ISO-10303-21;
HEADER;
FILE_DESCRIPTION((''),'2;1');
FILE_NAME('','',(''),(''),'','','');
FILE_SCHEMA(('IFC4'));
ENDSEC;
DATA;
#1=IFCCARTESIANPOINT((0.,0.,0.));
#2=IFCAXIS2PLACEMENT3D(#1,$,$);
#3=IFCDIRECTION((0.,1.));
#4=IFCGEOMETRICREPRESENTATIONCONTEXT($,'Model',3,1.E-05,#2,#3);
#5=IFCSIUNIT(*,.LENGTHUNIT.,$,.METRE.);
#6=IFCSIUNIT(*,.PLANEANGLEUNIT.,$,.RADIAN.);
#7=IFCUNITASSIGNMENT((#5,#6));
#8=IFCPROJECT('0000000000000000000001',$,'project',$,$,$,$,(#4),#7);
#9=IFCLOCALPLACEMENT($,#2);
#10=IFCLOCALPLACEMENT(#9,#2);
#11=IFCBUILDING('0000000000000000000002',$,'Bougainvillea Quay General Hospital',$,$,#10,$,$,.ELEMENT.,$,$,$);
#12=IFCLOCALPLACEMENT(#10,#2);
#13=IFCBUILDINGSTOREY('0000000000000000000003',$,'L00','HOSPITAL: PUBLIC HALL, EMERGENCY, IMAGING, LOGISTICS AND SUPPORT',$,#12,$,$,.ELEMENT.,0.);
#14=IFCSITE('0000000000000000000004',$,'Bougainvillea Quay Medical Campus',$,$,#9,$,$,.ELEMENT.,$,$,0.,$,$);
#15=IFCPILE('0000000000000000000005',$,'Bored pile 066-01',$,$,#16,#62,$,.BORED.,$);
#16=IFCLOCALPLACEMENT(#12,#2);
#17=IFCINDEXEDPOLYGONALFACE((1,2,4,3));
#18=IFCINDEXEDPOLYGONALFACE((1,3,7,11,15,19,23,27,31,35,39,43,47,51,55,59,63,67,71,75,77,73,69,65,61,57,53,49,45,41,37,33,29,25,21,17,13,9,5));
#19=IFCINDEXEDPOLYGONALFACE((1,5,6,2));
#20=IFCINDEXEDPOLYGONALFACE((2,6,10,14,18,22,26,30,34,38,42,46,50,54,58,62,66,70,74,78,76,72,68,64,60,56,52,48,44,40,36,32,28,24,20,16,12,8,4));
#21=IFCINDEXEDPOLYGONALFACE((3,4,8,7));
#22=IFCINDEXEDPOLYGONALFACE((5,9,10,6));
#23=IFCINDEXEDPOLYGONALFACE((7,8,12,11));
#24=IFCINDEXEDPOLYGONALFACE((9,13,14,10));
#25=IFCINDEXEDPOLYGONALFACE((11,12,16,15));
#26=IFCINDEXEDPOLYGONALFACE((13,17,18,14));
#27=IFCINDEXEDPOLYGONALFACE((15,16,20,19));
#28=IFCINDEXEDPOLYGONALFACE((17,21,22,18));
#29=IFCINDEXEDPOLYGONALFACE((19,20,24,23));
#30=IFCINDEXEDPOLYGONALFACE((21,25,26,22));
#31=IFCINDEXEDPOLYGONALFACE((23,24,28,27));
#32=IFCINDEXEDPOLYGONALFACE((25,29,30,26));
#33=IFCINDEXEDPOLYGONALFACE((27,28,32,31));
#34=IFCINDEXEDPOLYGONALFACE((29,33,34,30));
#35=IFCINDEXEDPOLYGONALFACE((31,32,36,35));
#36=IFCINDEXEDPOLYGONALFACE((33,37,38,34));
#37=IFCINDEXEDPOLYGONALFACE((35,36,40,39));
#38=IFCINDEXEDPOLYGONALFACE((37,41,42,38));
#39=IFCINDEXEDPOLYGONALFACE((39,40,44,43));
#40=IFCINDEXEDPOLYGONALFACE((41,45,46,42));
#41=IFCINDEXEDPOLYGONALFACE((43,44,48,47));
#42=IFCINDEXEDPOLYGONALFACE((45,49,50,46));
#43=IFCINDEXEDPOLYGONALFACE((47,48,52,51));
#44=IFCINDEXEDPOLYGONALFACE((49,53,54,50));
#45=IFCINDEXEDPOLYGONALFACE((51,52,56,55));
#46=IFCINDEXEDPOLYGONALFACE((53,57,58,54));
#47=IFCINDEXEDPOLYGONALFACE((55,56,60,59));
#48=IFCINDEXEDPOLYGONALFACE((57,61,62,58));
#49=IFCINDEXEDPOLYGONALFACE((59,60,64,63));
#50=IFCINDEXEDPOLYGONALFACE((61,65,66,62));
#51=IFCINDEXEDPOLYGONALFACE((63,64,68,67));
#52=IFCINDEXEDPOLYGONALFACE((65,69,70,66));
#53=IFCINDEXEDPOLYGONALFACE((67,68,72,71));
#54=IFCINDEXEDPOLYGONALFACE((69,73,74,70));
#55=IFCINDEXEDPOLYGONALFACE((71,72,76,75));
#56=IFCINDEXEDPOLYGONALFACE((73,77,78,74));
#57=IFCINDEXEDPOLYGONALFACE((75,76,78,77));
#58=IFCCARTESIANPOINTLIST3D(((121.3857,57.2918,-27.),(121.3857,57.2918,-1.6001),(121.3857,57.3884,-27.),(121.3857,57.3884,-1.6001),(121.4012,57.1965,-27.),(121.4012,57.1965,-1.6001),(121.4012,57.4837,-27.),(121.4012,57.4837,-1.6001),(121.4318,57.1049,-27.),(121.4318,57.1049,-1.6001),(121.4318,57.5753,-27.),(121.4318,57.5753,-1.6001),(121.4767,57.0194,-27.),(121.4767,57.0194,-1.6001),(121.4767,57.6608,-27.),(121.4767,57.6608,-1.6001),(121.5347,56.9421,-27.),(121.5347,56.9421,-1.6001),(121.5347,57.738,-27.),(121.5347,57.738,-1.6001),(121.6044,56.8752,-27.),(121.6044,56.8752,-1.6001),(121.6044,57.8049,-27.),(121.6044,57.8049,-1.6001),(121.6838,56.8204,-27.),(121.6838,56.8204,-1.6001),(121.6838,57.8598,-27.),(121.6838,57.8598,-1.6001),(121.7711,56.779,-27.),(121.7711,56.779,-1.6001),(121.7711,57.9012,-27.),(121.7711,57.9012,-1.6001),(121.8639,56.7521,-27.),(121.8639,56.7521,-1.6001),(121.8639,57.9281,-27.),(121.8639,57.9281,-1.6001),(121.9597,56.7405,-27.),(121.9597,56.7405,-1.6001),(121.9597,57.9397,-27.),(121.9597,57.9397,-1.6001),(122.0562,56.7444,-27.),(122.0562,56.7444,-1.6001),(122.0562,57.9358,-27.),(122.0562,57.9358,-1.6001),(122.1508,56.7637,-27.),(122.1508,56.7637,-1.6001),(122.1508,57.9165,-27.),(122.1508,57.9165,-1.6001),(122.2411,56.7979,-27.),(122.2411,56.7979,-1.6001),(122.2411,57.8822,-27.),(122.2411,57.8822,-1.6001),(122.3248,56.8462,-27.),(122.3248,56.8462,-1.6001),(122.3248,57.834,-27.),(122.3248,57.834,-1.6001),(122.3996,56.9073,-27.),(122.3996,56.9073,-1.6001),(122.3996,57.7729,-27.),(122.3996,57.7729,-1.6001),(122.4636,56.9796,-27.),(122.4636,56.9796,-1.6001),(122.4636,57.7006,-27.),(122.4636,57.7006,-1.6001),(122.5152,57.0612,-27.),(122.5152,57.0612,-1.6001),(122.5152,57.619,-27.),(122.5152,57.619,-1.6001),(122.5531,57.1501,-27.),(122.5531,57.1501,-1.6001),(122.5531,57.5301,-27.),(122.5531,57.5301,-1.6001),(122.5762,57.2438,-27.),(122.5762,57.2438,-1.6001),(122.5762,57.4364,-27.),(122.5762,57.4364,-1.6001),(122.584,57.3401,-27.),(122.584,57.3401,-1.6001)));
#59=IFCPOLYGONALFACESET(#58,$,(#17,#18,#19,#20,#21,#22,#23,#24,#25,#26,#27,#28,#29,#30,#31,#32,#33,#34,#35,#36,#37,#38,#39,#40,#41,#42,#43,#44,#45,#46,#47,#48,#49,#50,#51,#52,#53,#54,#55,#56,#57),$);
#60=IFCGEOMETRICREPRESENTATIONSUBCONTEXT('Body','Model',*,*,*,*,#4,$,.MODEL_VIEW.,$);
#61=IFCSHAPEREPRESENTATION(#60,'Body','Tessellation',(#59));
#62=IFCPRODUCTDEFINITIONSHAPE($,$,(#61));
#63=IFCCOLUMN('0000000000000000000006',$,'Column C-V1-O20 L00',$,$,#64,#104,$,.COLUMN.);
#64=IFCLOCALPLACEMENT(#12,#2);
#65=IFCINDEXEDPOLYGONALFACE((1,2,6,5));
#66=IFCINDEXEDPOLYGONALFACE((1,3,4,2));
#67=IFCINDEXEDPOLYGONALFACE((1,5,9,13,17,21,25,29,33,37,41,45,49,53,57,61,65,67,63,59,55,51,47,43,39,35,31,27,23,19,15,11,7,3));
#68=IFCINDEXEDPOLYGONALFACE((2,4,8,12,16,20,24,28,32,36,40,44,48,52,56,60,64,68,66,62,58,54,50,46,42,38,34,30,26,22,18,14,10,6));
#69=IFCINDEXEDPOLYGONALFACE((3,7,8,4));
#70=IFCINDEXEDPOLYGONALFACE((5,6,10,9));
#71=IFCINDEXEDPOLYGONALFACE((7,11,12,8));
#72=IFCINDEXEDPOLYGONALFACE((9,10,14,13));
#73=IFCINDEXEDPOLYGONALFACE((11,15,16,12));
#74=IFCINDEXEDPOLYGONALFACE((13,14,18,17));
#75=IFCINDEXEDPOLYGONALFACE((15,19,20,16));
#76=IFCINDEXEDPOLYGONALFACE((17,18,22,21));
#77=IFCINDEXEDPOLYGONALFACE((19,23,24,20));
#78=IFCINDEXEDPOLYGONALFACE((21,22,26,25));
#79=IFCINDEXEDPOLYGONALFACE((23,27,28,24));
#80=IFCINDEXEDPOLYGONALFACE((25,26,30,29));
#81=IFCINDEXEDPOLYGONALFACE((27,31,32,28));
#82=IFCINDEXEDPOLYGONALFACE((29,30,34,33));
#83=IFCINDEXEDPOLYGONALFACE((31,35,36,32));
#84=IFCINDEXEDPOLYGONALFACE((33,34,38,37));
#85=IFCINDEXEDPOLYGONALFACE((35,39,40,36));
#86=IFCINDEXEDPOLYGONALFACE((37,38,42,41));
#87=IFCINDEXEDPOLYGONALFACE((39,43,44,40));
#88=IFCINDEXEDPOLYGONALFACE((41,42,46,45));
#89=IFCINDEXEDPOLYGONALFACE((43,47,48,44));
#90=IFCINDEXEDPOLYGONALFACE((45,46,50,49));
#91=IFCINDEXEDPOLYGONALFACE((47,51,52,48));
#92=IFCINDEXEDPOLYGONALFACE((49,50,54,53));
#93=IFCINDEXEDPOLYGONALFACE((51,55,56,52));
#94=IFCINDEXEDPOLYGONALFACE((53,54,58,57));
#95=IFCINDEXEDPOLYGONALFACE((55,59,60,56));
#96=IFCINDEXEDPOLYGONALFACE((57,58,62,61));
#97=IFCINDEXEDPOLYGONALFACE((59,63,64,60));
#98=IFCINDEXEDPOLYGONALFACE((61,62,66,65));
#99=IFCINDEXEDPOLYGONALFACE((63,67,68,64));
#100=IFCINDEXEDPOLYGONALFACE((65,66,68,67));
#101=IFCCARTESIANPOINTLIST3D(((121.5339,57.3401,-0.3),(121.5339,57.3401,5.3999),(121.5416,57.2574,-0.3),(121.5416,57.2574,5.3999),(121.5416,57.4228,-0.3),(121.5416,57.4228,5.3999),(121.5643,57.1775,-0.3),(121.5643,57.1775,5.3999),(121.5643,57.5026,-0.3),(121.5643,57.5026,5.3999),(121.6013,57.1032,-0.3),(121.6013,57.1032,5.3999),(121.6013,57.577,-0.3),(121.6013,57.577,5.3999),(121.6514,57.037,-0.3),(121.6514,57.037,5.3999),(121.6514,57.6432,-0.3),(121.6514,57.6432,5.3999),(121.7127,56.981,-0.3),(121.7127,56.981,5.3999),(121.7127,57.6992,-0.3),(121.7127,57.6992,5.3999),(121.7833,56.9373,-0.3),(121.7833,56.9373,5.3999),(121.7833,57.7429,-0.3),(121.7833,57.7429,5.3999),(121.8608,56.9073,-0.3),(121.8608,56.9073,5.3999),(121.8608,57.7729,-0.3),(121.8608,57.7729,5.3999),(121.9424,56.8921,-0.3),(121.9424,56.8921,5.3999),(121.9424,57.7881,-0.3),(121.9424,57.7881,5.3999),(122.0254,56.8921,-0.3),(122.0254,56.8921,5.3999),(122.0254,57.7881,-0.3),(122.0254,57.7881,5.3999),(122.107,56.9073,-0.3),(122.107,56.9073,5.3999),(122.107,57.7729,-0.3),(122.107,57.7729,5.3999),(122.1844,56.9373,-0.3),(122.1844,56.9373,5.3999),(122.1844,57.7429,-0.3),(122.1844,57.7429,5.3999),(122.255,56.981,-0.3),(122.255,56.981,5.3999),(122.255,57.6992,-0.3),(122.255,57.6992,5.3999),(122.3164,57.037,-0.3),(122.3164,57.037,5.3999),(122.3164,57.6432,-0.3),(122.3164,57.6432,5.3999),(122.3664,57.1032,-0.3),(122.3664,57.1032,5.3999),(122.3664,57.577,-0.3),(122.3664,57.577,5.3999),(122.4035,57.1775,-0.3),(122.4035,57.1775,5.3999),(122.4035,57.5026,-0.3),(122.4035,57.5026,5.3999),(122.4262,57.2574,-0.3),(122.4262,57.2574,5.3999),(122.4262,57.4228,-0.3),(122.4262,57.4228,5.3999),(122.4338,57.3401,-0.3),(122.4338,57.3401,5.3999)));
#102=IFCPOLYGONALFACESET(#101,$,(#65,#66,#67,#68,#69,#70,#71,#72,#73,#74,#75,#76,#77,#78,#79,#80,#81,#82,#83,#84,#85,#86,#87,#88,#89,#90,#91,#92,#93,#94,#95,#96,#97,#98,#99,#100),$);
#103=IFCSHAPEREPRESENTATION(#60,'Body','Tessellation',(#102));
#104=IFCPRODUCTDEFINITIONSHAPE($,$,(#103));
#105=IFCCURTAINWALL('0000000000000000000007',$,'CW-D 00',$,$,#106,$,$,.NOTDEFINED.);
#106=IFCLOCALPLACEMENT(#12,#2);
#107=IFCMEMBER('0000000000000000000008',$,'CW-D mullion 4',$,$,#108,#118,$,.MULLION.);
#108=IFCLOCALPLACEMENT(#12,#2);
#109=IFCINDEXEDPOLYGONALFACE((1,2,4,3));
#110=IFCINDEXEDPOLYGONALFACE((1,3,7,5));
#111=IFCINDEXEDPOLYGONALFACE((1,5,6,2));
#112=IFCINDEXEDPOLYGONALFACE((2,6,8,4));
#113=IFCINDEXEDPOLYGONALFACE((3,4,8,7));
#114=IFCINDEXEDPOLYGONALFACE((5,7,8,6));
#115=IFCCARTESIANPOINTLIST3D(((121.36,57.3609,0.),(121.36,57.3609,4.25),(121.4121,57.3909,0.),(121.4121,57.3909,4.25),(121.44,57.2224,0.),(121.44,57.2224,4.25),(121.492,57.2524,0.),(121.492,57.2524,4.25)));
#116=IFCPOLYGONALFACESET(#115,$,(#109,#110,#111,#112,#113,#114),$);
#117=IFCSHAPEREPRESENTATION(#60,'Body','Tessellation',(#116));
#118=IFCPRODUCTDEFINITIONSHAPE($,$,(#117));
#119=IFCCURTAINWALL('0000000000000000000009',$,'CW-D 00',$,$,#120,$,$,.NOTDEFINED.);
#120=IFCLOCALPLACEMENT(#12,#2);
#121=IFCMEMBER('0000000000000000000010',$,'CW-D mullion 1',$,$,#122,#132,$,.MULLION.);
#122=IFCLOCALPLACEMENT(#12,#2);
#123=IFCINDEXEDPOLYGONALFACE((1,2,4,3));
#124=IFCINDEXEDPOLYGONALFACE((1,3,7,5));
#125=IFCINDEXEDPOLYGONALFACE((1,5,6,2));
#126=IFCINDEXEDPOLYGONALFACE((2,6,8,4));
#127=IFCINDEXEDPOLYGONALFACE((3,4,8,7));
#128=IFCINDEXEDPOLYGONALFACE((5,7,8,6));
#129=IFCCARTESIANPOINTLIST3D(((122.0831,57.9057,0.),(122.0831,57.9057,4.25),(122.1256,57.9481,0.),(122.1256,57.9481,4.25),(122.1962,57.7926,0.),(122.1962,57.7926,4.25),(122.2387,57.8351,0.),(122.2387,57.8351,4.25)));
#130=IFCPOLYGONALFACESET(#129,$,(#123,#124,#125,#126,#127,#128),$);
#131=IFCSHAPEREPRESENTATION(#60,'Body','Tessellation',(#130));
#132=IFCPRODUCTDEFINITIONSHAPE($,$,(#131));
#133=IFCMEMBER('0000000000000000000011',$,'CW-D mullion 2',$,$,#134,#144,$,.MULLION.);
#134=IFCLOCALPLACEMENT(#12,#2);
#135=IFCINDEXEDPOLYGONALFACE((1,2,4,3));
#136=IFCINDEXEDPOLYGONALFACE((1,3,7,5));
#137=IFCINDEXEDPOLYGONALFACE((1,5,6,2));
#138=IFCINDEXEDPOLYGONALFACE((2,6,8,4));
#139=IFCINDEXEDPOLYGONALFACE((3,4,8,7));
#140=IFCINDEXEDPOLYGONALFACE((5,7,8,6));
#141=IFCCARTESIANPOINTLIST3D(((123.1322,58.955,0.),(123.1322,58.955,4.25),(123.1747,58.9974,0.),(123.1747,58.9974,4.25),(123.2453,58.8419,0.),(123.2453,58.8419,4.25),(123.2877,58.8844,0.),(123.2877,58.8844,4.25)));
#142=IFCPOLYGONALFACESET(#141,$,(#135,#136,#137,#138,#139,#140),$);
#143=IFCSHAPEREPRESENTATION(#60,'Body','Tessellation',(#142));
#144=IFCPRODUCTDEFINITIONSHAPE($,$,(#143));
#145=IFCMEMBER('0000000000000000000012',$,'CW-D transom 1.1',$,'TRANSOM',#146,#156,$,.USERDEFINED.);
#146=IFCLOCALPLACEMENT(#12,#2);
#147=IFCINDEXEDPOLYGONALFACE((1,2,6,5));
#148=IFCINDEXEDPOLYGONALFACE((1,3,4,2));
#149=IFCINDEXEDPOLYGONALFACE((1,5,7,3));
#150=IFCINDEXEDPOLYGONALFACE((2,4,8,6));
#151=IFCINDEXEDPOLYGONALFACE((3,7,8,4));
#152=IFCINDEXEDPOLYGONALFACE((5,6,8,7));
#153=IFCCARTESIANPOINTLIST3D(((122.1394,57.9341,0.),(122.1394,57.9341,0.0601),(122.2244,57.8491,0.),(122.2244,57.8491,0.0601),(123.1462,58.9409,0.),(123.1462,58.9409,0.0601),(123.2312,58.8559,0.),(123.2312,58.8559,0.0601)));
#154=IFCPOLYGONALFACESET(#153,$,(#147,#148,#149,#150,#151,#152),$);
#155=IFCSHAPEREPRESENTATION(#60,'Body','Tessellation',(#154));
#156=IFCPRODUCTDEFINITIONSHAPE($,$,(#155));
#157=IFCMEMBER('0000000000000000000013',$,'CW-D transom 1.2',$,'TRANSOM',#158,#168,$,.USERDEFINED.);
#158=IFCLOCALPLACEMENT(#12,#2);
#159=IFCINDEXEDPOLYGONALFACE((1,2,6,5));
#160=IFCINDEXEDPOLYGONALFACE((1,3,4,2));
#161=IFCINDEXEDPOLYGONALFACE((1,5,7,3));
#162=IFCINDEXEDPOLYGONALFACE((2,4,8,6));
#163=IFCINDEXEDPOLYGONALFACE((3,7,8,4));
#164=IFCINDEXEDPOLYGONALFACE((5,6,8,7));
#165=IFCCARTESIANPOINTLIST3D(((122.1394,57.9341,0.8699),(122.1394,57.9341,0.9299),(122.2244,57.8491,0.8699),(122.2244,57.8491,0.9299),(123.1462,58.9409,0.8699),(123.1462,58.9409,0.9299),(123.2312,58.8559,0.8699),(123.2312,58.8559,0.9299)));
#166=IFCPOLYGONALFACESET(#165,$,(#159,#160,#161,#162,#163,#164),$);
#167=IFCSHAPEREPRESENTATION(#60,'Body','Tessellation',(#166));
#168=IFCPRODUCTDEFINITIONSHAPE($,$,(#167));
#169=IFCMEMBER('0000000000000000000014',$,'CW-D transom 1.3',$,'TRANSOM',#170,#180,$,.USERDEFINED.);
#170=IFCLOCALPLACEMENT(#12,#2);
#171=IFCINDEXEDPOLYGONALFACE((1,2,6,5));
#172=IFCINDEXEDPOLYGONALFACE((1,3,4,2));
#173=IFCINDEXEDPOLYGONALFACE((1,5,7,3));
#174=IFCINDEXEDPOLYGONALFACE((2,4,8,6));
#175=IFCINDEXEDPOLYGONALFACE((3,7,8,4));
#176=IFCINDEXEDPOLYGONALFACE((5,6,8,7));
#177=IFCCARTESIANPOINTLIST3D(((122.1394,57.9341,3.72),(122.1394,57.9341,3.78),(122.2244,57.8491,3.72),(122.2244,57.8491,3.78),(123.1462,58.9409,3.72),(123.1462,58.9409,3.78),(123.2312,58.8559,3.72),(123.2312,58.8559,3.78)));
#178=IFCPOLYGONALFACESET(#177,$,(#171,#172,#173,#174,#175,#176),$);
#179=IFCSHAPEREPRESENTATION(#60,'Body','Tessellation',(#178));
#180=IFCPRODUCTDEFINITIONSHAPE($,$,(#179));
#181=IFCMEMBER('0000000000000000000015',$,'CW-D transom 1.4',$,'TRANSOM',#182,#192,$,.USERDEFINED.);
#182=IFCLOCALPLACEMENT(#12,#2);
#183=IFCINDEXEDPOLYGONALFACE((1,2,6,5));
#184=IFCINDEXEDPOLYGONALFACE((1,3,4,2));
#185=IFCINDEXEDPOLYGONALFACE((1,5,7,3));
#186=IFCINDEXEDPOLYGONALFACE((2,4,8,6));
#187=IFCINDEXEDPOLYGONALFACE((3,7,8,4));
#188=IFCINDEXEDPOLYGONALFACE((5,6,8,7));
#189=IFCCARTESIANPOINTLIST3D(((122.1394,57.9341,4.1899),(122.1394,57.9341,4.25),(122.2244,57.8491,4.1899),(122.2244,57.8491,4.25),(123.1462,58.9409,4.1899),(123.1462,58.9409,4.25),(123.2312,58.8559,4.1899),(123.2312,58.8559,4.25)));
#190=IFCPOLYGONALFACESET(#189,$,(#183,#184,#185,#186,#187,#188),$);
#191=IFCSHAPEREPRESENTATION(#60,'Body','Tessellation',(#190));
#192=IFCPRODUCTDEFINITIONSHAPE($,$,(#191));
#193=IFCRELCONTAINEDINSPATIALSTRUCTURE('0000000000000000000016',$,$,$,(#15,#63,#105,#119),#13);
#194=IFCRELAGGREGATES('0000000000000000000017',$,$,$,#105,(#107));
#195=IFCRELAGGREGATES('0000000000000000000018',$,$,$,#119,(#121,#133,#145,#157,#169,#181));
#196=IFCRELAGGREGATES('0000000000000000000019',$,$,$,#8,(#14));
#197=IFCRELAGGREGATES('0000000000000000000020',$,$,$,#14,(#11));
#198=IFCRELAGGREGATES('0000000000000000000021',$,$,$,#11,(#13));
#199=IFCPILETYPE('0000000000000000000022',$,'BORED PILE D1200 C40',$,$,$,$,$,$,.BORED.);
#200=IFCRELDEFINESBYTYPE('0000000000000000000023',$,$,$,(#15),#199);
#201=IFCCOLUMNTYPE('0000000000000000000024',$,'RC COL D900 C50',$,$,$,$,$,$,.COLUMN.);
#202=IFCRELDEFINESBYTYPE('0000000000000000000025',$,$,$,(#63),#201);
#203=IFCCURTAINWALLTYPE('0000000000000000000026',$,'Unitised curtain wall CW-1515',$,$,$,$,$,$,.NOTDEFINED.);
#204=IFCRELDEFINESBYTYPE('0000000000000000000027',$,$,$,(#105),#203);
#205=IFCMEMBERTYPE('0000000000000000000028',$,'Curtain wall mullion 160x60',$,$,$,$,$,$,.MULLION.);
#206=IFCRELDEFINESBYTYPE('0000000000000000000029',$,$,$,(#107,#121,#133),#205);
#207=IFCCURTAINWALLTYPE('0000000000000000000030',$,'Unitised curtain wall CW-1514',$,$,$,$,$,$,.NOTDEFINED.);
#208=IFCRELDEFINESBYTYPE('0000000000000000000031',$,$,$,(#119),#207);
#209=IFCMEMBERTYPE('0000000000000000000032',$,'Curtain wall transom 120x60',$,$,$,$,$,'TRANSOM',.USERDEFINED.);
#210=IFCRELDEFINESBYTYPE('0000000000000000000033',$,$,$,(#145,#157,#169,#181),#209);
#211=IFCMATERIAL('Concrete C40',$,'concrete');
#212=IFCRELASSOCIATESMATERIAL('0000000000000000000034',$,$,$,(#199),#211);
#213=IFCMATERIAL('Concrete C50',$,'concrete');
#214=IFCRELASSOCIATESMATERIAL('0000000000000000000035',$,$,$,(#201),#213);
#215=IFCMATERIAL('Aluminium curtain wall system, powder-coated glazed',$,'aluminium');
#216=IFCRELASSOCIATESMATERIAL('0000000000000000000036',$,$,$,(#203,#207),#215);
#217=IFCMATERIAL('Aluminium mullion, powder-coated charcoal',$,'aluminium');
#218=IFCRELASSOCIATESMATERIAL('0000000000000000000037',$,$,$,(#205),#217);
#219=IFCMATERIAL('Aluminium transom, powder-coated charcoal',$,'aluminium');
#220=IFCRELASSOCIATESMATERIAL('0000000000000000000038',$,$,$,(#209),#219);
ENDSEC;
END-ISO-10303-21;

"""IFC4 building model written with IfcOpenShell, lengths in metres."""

from ifc_helpers import new_model, si_unit, direction, frame, origin, origin_2d, place, context, subcontext, project, spatial, rectangle, circle, extrude, material, material_profile, profile_set, type_object, element, aggregate, save


model = new_model("IFC4")

# Units and contexts
model_context = context("Model", 3, precision=1e-05, world=origin(), true_north=direction((0.0, 1.0)))
body_context = subcontext(model_context, "Body", "Model", "MODEL_VIEW")
ifc_project = project(units=[si_unit("LENGTHUNIT", "METRE"), si_unit("PLANEANGLEUNIT", "RADIAN")], contexts=[model_context])

# Site, building, storey
site_placement = place(None, origin())
site = spatial("IfcSite", under=ifc_project, at=site_placement, Name="Bougainvillea Quay Medical Campus", CompositionType="ELEMENT", RefElevation=0.0)
building_placement = place(site_placement, origin())
building = spatial("IfcBuilding", under=site, at=building_placement, Name="Bougainvillea Quay General Hospital", CompositionType="ELEMENT")
storey_placement = place(building_placement, origin())
storey = spatial("IfcBuildingStorey", under=building, at=storey_placement, Name="L00", Description="HOSPITAL: PUBLIC HALL, EMERGENCY, IMAGING, LOGISTICS AND SUPPORT", CompositionType="ELEMENT", Elevation=0.0)

# Pile
ifc_material_1 = material(Name="Concrete C40", Category="concrete")
ifc_material_profile_1 = material_profile(ifc_material_1, circle(Radius=0.6001, at=origin_2d()))
ifc_profile_set_1 = profile_set([ifc_material_profile_1], Name="Concrete C40")
pile_type = type_object("IfcPileType", Name="BORED PILE D1200 C40", PredefinedType="BORED", material=ifc_profile_set_1)
pile_placement = place(storey_placement, frame((121.9839, 57.3401, -1.6001), z_axis=(0.0, 0.0, -1.0), x_axis=(1.0, 0.0, 0.0)))
element("IfcPile", 1, at=pile_placement, inside=storey, type_object=pile_type, Name="Bored pile 066-01", PredefinedType="BORED", context=body_context, shape_type="SweptSolid", body=[
    extrude(circle(Radius=0.6001, at=origin_2d()), origin(), (0.0, 0.0, 1.0), 25.3999),
])

# Column
ifc_material_2 = material(Name="Concrete C50", Category="concrete")
ifc_material_profile_2 = material_profile(ifc_material_2, circle(Radius=0.45, at=origin_2d()))
ifc_profile_set_2 = profile_set([ifc_material_profile_2], Name="Concrete C50")
column_type = type_object("IfcColumnType", Name="RC COL D900 C50", PredefinedType="COLUMN", material=ifc_profile_set_2)
column_placement = place(storey_placement, frame((121.9839, 57.3401, -0.3), z_axis=(0.0, 0.0, 1.0), x_axis=(1.0, 0.0, 0.0)))
element("IfcColumn", 2, at=column_placement, inside=storey, type_object=column_type, Name="Column C-V1-O20 L00", PredefinedType="COLUMN", context=body_context, shape_type="SweptSolid", body=[
    extrude(circle(Radius=0.45, at=origin_2d()), origin(), (0.0, 0.0, 1.0), 5.7),
])

# Curtain wall, member
ifc_material_3 = material(Name="Aluminium curtain wall system, powder-coated glazed", Category="aluminium")
curtain_wall_type_1 = type_object("IfcCurtainWallType", Name="Unitised curtain wall CW-1515", PredefinedType="NOTDEFINED", material=ifc_material_3)
curtain_wall_1_placement = place(storey_placement, origin())
curtain_wall_1 = element("IfcCurtainWall", 3, at=curtain_wall_1_placement, inside=storey, type_object=curtain_wall_type_1, Name="CW-D 00", PredefinedType="NOTDEFINED")
ifc_material_4 = material(Name="Aluminium mullion, powder-coated charcoal", Category="aluminium")
ifc_material_profile_3 = material_profile(ifc_material_4, rectangle(XDim=0.1599, YDim=0.0601, at=origin_2d()))
ifc_profile_set_3 = profile_set([ifc_material_profile_3], Name="Aluminium mullion, powder-coated charcoal")
member_type_1 = type_object("IfcMemberType", Name="Curtain wall mullion 160x60", PredefinedType="MULLION", material=ifc_profile_set_3)
member_1_placement = place(storey_placement, frame((121.426, 57.3066, 0.0), z_axis=(0.0, 0.0, 1.0), x_axis=(-0.499965, 0.866046, 0.0)))
member_1 = element("IfcMember", 4, at=member_1_placement, type_object=member_type_1, Name="CW-D mullion 4", PredefinedType="MULLION", context=body_context, shape_type="SweptSolid", body=[
    extrude(rectangle(XDim=0.1599, YDim=0.0601, at=origin_2d()), origin(), (0.0, 0.0, 1.0), 4.25),
])

# Curtain wall, members
curtain_wall_type_2 = type_object("IfcCurtainWallType", Name="Unitised curtain wall CW-1514", PredefinedType="NOTDEFINED", material=ifc_material_3)
curtain_wall_2_placement = place(storey_placement, origin())
curtain_wall_2 = element("IfcCurtainWall", 5, at=curtain_wall_2_placement, inside=storey, type_object=curtain_wall_type_2, Name="CW-D 00", PredefinedType="NOTDEFINED")
member_2_placement = place(storey_placement, frame((122.1609, 57.8704, 0.0), z_axis=(0.0, 0.0, 1.0), x_axis=(-0.707107, 0.707107, 0.0)))
member_2 = element("IfcMember", 6, at=member_2_placement, type_object=member_type_1, Name="CW-D mullion 1", PredefinedType="MULLION", context=body_context, shape_type="SweptSolid", body=[
    extrude(rectangle(XDim=0.1599, YDim=0.0601, at=origin_2d()), origin(), (0.0, 0.0, 1.0), 4.25),
])
member_3_placement = place(storey_placement, frame((123.21, 58.9197, 0.0), z_axis=(0.0, 0.0, 1.0), x_axis=(-0.707107, 0.707107, 0.0)))
member_3 = element("IfcMember", 7, at=member_3_placement, type_object=member_type_1, Name="CW-D mullion 2", PredefinedType="MULLION", context=body_context, shape_type="SweptSolid", body=[
    extrude(rectangle(XDim=0.1599, YDim=0.0601, at=origin_2d()), origin(), (0.0, 0.0, 1.0), 4.25),
])
ifc_material_5 = material(Name="Aluminium transom, powder-coated charcoal", Category="aluminium")
ifc_material_profile_4 = material_profile(ifc_material_5, rectangle(XDim=0.1201, YDim=0.0601, at=origin_2d()))
ifc_profile_set_4 = profile_set([ifc_material_profile_4], Name="Aluminium transom, powder-coated charcoal")
member_type_2 = type_object("IfcMemberType", Name="Curtain wall transom 120x60", ElementType="TRANSOM", PredefinedType="USERDEFINED", material=ifc_profile_set_4)
member_4_placement = place(storey_placement, frame((122.1819, 57.8916, 0.03), z_axis=(0.707107, 0.707107, 0.0), x_axis=(-0.707107, 0.707107, 0.0)))
member_4 = element("IfcMember", 8, at=member_4_placement, type_object=member_type_2, Name="CW-D transom 1.1", ObjectType="TRANSOM", PredefinedType="USERDEFINED", context=body_context, shape_type="SweptSolid", body=[
    extrude(rectangle(XDim=0.1201, YDim=0.0601, at=origin_2d()), origin(), (0.0, 0.0, 1.0), 1.4238),
])
member_5_placement = place(storey_placement, frame((122.1819, 57.8916, 0.8999), z_axis=(0.707107, 0.707107, 0.0), x_axis=(-0.707107, 0.707107, 0.0)))
member_5 = element("IfcMember", 9, at=member_5_placement, type_object=member_type_2, Name="CW-D transom 1.2", ObjectType="TRANSOM", PredefinedType="USERDEFINED", context=body_context, shape_type="SweptSolid", body=[
    extrude(rectangle(XDim=0.1201, YDim=0.0601, at=origin_2d()), origin(), (0.0, 0.0, 1.0), 1.4238),
])
member_6_placement = place(storey_placement, frame((122.1819, 57.8916, 3.75), z_axis=(0.707107, 0.707107, 0.0), x_axis=(-0.707107, 0.707107, 0.0)))
member_6 = element("IfcMember", 10, at=member_6_placement, type_object=member_type_2, Name="CW-D transom 1.3", ObjectType="TRANSOM", PredefinedType="USERDEFINED", context=body_context, shape_type="SweptSolid", body=[
    extrude(rectangle(XDim=0.1201, YDim=0.0601, at=origin_2d()), origin(), (0.0, 0.0, 1.0), 1.4238),
])
member_7_placement = place(storey_placement, frame((122.1819, 57.8916, 4.22), z_axis=(0.707107, 0.707107, 0.0), x_axis=(-0.707107, 0.707107, 0.0)))
member_7 = element("IfcMember", 11, at=member_7_placement, type_object=member_type_2, Name="CW-D transom 1.4", ObjectType="TRANSOM", PredefinedType="USERDEFINED", context=body_context, shape_type="SweptSolid", body=[
    extrude(rectangle(XDim=0.1201, YDim=0.0601, at=origin_2d()), origin(), (0.0, 0.0, 1.0), 1.4238),
])

aggregate(curtain_wall_1, [member_1])
aggregate(curtain_wall_2, [member_2, member_3, member_4, member_5, member_6, member_7])

save(model, "model.ifc")
